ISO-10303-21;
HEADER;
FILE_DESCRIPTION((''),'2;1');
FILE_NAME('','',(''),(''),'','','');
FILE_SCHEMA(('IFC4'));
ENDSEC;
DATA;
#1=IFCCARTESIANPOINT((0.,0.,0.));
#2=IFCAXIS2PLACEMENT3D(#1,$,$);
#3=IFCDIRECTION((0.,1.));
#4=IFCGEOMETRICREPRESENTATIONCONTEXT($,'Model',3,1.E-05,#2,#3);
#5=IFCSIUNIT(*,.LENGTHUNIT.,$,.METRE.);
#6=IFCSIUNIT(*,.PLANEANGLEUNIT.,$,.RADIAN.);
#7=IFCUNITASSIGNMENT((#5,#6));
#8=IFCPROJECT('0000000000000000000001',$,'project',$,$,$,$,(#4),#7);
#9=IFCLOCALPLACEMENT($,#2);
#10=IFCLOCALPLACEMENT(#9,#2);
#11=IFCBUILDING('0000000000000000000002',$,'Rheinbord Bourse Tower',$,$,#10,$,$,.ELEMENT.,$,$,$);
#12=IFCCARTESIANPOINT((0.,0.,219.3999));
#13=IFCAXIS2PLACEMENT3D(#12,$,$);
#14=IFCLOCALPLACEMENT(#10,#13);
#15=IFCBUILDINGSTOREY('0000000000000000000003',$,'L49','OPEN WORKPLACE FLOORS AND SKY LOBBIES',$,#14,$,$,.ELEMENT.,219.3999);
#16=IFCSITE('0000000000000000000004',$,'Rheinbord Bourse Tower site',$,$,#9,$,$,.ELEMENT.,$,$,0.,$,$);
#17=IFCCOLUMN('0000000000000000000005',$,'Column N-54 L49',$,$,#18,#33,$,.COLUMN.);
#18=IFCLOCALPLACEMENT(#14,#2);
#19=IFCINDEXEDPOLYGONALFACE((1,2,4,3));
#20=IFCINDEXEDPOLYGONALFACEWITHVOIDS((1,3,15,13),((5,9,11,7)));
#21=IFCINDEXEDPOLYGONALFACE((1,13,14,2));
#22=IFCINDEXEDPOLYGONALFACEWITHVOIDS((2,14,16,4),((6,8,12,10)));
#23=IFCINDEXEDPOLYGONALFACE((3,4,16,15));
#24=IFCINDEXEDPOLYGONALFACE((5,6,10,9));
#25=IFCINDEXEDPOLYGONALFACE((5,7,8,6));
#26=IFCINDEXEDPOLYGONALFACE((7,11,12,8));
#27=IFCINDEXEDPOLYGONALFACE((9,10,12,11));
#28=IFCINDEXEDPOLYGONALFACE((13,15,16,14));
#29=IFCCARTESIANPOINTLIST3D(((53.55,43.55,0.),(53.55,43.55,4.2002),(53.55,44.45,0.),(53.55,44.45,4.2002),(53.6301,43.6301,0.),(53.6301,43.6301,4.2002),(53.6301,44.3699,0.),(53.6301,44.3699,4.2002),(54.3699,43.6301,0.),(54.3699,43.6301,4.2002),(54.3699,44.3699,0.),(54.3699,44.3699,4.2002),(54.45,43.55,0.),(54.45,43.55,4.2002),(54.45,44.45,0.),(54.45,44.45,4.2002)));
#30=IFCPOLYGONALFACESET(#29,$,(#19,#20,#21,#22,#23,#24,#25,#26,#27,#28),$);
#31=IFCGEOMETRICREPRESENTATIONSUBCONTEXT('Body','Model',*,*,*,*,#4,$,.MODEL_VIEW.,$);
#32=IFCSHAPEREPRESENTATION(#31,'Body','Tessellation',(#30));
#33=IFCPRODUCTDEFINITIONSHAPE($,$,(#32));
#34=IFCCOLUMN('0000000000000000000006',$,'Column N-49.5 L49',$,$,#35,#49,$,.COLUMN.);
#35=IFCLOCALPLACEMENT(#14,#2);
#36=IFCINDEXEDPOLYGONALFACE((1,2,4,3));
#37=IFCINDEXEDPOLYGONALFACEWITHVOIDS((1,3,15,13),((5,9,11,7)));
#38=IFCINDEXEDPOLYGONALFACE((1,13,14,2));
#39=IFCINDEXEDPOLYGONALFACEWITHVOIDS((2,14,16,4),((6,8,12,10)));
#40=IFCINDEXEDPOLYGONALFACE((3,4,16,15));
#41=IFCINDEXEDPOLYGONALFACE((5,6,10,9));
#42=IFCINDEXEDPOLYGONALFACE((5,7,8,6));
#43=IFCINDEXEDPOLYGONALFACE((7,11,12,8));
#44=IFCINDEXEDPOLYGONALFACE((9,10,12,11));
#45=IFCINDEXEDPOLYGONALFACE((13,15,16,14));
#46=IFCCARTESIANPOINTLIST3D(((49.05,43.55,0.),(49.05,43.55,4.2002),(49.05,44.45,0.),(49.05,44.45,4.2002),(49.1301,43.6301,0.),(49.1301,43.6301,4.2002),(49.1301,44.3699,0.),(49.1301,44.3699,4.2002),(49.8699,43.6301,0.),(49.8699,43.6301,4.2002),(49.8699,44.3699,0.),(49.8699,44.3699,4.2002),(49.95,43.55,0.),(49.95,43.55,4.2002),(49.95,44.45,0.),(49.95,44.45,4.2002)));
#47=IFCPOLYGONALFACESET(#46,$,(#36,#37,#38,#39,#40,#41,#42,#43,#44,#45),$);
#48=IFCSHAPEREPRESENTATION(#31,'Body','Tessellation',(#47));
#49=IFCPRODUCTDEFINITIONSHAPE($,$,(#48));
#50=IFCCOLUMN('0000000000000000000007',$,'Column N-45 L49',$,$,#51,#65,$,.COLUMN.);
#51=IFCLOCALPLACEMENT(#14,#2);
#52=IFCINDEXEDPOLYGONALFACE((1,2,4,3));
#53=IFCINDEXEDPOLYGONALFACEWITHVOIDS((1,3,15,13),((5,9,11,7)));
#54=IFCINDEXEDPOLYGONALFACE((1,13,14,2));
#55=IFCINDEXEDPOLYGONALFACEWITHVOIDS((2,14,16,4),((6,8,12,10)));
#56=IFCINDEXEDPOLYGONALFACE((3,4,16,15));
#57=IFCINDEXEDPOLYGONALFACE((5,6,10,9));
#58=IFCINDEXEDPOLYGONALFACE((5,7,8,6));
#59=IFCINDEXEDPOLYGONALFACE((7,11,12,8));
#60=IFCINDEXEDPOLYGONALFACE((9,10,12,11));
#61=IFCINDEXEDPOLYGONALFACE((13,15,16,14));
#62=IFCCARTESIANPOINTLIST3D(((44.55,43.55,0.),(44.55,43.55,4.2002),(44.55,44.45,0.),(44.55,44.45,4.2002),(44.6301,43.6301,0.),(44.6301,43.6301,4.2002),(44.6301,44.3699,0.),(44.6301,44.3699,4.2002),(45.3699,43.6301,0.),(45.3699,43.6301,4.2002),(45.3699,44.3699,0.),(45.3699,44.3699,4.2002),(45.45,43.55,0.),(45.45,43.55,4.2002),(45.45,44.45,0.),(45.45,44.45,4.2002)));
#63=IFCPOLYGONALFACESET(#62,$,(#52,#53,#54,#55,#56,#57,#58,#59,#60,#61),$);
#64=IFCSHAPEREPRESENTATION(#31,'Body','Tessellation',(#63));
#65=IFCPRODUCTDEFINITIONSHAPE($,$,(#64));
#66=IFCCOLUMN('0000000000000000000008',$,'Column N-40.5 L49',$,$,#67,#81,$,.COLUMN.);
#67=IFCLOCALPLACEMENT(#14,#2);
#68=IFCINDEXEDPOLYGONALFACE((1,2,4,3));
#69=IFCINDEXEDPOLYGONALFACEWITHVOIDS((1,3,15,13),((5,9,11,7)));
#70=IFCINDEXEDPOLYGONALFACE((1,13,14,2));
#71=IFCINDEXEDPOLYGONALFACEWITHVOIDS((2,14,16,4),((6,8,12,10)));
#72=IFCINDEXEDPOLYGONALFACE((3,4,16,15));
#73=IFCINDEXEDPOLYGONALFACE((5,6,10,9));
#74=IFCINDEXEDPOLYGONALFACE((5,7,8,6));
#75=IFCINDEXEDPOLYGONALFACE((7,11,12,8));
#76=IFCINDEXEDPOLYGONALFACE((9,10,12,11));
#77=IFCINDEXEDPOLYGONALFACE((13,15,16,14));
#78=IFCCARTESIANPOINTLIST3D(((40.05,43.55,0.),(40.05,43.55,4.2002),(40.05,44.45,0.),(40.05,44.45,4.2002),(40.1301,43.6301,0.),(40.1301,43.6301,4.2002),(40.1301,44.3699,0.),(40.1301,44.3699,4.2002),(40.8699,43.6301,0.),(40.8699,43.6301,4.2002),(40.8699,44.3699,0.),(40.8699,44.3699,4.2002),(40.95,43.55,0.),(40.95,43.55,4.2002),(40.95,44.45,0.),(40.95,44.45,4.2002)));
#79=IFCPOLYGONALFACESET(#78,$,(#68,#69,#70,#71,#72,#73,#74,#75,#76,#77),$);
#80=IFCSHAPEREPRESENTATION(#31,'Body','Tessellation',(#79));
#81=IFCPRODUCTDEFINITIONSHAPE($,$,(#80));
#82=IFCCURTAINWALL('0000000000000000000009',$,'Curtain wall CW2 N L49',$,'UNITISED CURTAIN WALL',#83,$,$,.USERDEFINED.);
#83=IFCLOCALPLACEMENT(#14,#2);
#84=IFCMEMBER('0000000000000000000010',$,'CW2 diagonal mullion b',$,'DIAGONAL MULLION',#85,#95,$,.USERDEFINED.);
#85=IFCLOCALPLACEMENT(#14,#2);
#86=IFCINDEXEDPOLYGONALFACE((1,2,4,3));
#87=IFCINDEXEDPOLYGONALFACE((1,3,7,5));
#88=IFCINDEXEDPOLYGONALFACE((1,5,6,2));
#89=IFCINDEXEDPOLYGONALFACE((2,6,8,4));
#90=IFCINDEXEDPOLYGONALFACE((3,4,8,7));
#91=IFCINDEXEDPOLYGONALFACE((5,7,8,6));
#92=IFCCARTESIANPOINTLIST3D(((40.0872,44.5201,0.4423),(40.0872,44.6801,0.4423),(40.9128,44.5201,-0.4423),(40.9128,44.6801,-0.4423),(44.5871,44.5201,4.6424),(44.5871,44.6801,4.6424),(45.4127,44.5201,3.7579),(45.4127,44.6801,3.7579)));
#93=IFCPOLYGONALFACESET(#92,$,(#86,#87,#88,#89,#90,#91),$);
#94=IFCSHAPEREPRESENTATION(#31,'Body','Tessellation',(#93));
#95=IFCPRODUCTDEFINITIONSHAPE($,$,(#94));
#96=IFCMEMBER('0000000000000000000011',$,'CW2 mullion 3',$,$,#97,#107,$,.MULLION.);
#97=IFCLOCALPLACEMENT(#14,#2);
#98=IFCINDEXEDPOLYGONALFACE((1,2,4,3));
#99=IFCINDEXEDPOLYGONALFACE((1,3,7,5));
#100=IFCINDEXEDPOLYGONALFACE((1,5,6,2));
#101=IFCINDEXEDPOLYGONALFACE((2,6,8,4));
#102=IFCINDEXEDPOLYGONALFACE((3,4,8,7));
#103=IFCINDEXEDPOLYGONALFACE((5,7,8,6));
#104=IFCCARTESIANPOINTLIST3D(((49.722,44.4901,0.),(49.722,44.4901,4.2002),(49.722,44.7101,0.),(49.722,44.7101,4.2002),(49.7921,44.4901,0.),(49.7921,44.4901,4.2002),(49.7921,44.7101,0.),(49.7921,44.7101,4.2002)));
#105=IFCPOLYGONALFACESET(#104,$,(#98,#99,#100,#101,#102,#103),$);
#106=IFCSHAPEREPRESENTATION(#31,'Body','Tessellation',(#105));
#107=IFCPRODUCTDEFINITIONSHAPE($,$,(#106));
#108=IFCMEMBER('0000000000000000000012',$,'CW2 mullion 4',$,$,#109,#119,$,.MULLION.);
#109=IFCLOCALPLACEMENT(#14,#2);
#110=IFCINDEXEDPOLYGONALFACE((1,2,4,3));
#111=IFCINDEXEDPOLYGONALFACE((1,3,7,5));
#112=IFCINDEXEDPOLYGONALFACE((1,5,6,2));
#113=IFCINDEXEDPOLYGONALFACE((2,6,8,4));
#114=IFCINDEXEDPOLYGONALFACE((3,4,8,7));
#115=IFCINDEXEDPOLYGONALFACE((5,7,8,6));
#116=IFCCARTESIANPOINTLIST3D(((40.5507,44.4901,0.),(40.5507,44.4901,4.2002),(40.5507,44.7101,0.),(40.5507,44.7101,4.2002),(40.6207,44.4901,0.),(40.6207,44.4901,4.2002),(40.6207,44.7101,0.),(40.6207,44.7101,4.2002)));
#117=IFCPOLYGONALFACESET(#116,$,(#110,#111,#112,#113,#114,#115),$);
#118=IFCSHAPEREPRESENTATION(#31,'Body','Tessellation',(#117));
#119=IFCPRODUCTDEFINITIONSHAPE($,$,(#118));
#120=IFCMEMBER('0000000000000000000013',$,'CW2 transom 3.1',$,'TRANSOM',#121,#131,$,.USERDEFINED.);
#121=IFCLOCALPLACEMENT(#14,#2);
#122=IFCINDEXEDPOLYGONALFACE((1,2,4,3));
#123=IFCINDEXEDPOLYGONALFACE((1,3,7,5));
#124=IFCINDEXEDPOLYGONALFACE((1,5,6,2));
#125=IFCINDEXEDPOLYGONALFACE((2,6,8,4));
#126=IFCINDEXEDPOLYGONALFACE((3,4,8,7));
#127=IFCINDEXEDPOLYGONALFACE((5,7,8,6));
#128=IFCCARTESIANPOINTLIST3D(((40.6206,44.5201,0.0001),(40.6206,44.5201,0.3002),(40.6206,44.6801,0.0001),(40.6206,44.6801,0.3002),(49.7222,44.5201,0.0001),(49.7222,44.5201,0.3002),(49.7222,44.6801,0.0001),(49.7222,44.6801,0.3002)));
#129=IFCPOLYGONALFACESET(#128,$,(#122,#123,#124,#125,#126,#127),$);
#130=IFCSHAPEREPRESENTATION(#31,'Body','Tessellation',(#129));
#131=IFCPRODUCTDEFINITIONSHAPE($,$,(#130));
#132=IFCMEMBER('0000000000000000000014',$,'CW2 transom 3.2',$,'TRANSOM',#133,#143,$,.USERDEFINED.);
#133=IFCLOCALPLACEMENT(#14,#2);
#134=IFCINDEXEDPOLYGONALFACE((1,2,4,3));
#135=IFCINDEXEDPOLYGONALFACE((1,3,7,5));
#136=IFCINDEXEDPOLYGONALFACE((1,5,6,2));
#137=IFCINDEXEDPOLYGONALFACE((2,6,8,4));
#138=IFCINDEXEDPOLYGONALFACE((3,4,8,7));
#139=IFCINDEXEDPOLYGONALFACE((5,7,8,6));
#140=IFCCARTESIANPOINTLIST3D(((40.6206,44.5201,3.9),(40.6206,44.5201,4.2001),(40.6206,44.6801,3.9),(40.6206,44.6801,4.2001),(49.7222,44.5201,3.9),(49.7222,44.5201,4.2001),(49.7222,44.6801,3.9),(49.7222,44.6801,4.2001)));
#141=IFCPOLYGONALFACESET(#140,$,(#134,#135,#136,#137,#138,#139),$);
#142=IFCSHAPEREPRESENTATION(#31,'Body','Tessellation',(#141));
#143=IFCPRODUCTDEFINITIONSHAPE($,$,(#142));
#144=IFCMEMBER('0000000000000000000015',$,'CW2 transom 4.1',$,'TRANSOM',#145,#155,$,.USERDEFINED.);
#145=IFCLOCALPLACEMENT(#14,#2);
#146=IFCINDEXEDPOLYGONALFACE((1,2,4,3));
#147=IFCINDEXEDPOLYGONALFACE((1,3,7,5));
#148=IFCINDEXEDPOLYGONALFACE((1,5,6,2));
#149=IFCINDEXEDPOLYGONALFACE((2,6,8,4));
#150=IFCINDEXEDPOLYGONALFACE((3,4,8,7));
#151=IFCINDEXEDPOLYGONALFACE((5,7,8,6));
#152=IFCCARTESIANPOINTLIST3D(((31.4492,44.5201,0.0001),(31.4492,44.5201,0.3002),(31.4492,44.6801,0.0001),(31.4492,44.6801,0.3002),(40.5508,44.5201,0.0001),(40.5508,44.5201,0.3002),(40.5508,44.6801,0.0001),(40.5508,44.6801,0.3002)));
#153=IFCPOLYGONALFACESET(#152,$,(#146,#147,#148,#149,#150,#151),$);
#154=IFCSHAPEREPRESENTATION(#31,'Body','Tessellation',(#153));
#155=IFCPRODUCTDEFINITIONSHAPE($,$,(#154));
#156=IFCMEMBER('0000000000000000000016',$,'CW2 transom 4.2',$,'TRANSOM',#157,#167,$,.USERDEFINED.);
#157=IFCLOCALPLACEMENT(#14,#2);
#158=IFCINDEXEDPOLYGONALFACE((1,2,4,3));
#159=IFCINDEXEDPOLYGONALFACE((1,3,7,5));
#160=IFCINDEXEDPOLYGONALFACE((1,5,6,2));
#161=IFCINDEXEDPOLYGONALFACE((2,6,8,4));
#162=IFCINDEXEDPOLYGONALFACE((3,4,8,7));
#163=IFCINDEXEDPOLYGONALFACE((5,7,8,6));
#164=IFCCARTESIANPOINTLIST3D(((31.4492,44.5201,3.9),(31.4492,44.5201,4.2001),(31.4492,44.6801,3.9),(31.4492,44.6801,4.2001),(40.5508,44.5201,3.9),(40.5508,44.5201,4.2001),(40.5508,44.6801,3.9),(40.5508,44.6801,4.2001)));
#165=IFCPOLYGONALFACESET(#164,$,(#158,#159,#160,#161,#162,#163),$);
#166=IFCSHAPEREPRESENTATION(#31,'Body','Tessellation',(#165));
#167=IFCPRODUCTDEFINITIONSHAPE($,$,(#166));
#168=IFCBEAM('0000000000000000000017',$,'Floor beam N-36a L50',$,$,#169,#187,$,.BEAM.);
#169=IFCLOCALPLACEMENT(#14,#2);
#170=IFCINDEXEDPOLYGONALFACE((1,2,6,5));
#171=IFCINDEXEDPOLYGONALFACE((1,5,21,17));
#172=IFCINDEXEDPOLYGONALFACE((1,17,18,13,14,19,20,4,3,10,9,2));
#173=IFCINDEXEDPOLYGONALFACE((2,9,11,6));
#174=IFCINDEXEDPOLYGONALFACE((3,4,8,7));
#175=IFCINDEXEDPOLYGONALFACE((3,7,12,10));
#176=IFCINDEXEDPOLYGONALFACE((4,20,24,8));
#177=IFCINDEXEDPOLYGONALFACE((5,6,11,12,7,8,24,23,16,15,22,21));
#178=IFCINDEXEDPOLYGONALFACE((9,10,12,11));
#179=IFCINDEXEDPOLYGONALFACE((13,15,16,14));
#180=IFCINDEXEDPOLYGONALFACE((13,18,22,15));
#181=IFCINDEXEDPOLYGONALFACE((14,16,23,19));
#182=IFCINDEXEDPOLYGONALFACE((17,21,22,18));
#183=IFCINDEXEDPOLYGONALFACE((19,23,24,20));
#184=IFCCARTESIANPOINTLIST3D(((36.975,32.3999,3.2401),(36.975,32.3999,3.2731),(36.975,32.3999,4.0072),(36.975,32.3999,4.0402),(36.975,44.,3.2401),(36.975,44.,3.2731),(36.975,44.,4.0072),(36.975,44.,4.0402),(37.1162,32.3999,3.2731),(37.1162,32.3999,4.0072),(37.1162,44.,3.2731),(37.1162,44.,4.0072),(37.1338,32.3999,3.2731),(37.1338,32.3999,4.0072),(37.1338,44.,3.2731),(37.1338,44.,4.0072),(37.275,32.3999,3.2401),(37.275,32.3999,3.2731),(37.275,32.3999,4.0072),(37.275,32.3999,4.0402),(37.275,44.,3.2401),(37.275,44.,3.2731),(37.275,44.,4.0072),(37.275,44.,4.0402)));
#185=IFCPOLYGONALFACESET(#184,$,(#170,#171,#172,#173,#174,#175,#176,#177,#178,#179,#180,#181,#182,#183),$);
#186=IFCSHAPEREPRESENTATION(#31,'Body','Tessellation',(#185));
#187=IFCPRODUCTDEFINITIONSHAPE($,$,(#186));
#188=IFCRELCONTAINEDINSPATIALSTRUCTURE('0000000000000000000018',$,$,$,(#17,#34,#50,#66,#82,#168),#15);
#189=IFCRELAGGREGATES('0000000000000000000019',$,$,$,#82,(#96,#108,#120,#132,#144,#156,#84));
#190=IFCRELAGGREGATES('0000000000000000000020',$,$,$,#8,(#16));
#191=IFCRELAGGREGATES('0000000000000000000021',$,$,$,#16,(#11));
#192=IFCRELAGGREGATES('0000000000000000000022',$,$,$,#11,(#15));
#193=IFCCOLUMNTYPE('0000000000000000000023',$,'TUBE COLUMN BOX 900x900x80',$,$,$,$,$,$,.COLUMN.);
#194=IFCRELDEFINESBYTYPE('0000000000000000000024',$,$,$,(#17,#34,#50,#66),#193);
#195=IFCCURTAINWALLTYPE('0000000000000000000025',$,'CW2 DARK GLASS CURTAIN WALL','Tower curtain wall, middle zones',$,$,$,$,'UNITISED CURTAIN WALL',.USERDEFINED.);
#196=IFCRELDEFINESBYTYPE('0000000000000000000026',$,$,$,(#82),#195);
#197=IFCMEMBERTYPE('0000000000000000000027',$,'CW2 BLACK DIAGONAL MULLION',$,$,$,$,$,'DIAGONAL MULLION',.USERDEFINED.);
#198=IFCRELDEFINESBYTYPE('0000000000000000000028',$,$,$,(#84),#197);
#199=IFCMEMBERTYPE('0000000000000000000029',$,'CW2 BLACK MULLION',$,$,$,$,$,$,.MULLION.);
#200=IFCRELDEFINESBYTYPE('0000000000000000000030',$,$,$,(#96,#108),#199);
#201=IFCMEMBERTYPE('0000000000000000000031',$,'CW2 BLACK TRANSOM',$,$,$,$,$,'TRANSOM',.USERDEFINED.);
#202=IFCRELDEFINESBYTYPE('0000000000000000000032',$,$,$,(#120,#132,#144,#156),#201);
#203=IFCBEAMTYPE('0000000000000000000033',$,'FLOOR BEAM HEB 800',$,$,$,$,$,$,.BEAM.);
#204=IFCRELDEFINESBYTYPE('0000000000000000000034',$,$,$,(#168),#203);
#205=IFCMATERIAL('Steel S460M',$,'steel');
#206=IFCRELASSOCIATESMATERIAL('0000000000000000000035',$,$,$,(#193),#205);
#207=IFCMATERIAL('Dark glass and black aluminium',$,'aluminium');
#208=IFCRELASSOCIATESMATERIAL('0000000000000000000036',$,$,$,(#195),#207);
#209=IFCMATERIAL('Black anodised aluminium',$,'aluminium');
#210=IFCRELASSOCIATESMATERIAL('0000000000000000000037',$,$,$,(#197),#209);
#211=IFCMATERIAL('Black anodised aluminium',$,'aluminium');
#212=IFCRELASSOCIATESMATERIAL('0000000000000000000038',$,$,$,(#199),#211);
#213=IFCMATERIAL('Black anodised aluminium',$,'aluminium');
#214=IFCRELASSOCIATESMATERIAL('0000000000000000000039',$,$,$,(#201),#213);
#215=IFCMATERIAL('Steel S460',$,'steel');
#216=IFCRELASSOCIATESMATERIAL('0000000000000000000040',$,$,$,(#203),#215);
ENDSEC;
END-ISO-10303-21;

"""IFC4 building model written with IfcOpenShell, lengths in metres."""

from ifc_helpers import new_model, si_unit, direction, frame, origin, origin_2d, place, context, subcontext, project, spatial, rectangle, hollow_rectangle, i_section, extrude, material, material_profile, profile_set, type_object, element, aggregate, save


model = new_model("IFC4")

# Units and contexts
model_context = context("Model", 3, precision=1e-05, world=origin(), true_north=direction((0.0, 1.0)))
body_context = subcontext(model_context, "Body", "Model", "MODEL_VIEW")
ifc_project = project(units=[si_unit("LENGTHUNIT", "METRE"), si_unit("PLANEANGLEUNIT", "RADIAN")], contexts=[model_context])

# Site, building, storey
site_placement = place(None, origin())
site = spatial("IfcSite", under=ifc_project, at=site_placement, Name="Rheinbord Bourse Tower site", CompositionType="ELEMENT", RefElevation=0.0)
building_placement = place(site_placement, origin())
building = spatial("IfcBuilding", under=site, at=building_placement, Name="Rheinbord Bourse Tower", CompositionType="ELEMENT")
storey_placement = place(building_placement, frame((0.0, 0.0, 219.3999)))
storey = spatial("IfcBuildingStorey", under=building, at=storey_placement, Name="L49", Description="OPEN WORKPLACE FLOORS AND SKY LOBBIES", CompositionType="ELEMENT", Elevation=219.3999)

# Columns
ifc_material_1 = material(Name="Steel S460M", Category="steel")
ifc_material_profile_1 = material_profile(ifc_material_1, hollow_rectangle(XDim=0.8999, YDim=0.8999, WallThickness=0.0801, at=origin_2d()), Name="BOX 900x900x80")
ifc_profile_set_1 = profile_set([ifc_material_profile_1], Name="Steel S460M")
column_type = type_object("IfcColumnType", Name="TUBE COLUMN BOX 900x900x80", PredefinedType="COLUMN", material=ifc_profile_set_1)
for number, where, z_axis, x_axis, name in (
    (1, (54.0, 44.0, 0.0), (0.0, 0.0, 1.0), (0.0, 1.0, 0.0), "Column N-54 L49"),
    (2, (49.5, 44.0, 0.0), (0.0, 0.0, 1.0), (0.0, 1.0, 0.0), "Column N-49.5 L49"),
    (3, (45.0, 44.0, 0.0), (0.0, 0.0, 1.0), (0.0, 1.0, 0.0), "Column N-45 L49"),
    (4, (40.5, 44.0, 0.0), (0.0, 0.0, 1.0), (0.0, 1.0, 0.0), "Column N-40.5 L49"),
):
    element("IfcColumn", number, at=place(storey_placement, frame(where, z_axis=z_axis, x_axis=x_axis)), inside=storey, type_object=column_type, Name=name, PredefinedType="COLUMN", context=body_context, shape_type="SweptSolid", body=[
        extrude(hollow_rectangle(XDim=0.8999, YDim=0.8999, WallThickness=0.0801, at=origin_2d()), origin(), (0.0, 0.0, 1.0), 4.2002),
    ])

# Curtain wall, members
ifc_material_2 = material(Name="Dark glass and black aluminium", Category="aluminium")
curtain_wall_type = type_object("IfcCurtainWallType", Name="CW2 DARK GLASS CURTAIN WALL", Description="Tower curtain wall, middle zones", ElementType="UNITISED CURTAIN WALL", PredefinedType="USERDEFINED", material=ifc_material_2)
curtain_wall_placement = place(storey_placement, origin())
curtain_wall = element("IfcCurtainWall", 5, at=curtain_wall_placement, inside=storey, type_object=curtain_wall_type, Name="Curtain wall CW2 N L49", ObjectType="UNITISED CURTAIN WALL", PredefinedType="USERDEFINED")
ifc_material_3 = material(Name="Black anodised aluminium", Category="aluminium")
ifc_material_profile_2 = material_profile(ifc_material_3, rectangle(XDim=0.1599, YDim=1.21, at=origin_2d()), Name="CW2 DIAGONAL MULLION 1210x160")
ifc_profile_set_2 = profile_set([ifc_material_profile_2], Name="Black anodised aluminium")
member_type_1 = type_object("IfcMemberType", Name="CW2 BLACK DIAGONAL MULLION", ElementType="DIAGONAL MULLION", PredefinedType="USERDEFINED", material=ifc_profile_set_2)
member_1_placement = place(storey_placement, frame((40.5, 44.6001, 0.0), z_axis=(0.731039, 0.0, 0.682335), x_axis=(0.0, 1.0, 0.0)))
member_1 = element("IfcMember", 6, at=member_1_placement, type_object=member_type_1, Name="CW2 diagonal mullion b", ObjectType="DIAGONAL MULLION", PredefinedType="USERDEFINED", context=body_context, shape_type="SweptSolid", body=[
    extrude(rectangle(XDim=0.1599, YDim=1.21, at=origin_2d()), origin(), (0.0, 0.0, 1.0), 6.1555),
])
ifc_material_4 = material(Name="Black anodised aluminium", Category="aluminium")
ifc_material_profile_3 = material_profile(ifc_material_4, rectangle(XDim=0.22, YDim=0.0701, at=origin_2d()), Name="CW2 MULLION 70x220")
ifc_profile_set_3 = profile_set([ifc_material_profile_3], Name="Black anodised aluminium")
member_type_2 = type_object("IfcMemberType", Name="CW2 BLACK MULLION", PredefinedType="MULLION", material=ifc_profile_set_3)
member_2_placement = place(storey_placement, frame((49.7571, 44.6001, 0.0), z_axis=(0.0, 0.0, 1.0), x_axis=(0.0, -1.0, 0.0)))
member_2 = element("IfcMember", 7, at=member_2_placement, type_object=member_type_2, Name="CW2 mullion 3", PredefinedType="MULLION", context=body_context, shape_type="SweptSolid", body=[
    extrude(rectangle(XDim=0.22, YDim=0.0701, at=origin_2d()), origin(), (0.0, 0.0, 1.0), 4.2002),
])
member_3_placement = place(storey_placement, frame((40.5857, 44.6001, 0.0), z_axis=(0.0, 0.0, 1.0), x_axis=(0.0, -1.0, 0.0)))
member_3 = element("IfcMember", 8, at=member_3_placement, type_object=member_type_2, Name="CW2 mullion 4", PredefinedType="MULLION", context=body_context, shape_type="SweptSolid", body=[
    extrude(rectangle(XDim=0.22, YDim=0.0701, at=origin_2d()), origin(), (0.0, 0.0, 1.0), 4.2002),
])
ifc_material_5 = material(Name="Black anodised aluminium", Category="aluminium")
ifc_material_profile_4 = material_profile(ifc_material_5, rectangle(XDim=0.1599, YDim=0.3, at=origin_2d()), Name="CW2 TRANSOM 300x160")
ifc_profile_set_4 = profile_set([ifc_material_profile_4], Name="Black anodised aluminium")
member_type_3 = type_object("IfcMemberType", Name="CW2 BLACK TRANSOM", ElementType="TRANSOM", PredefinedType="USERDEFINED", material=ifc_profile_set_4)
member_4_placement = place(storey_placement, frame((49.7222, 44.6001, 0.1501), z_axis=(-1.0, 0.0, 0.0), x_axis=(0.0, -1.0, 0.0)))
member_4 = element("IfcMember", 9, at=member_4_placement, type_object=member_type_3, Name="CW2 transom 3.1", ObjectType="TRANSOM", PredefinedType="USERDEFINED", context=body_context, shape_type="SweptSolid", body=[
    extrude(rectangle(XDim=0.1599, YDim=0.3, at=origin_2d()), origin(), (0.0, 0.0, 1.0), 9.1016),
])
member_5_placement = place(storey_placement, frame((49.7222, 44.6001, 4.05), z_axis=(-1.0, 0.0, 0.0), x_axis=(0.0, -1.0, 0.0)))
member_5 = element("IfcMember", 10, at=member_5_placement, type_object=member_type_3, Name="CW2 transom 3.2", ObjectType="TRANSOM", PredefinedType="USERDEFINED", context=body_context, shape_type="SweptSolid", body=[
    extrude(rectangle(XDim=0.1599, YDim=0.3, at=origin_2d()), origin(), (0.0, 0.0, 1.0), 9.1016),
])
member_6_placement = place(storey_placement, frame((40.5508, 44.6001, 0.1501), z_axis=(-1.0, 0.0, 0.0), x_axis=(0.0, -1.0, 0.0)))
member_6 = element("IfcMember", 11, at=member_6_placement, type_object=member_type_3, Name="CW2 transom 4.1", ObjectType="TRANSOM", PredefinedType="USERDEFINED", context=body_context, shape_type="SweptSolid", body=[
    extrude(rectangle(XDim=0.1599, YDim=0.3, at=origin_2d()), origin(), (0.0, 0.0, 1.0), 9.1016),
])
member_7_placement = place(storey_placement, frame((40.5508, 44.6001, 4.05), z_axis=(-1.0, 0.0, 0.0), x_axis=(0.0, -1.0, 0.0)))
member_7 = element("IfcMember", 12, at=member_7_placement, type_object=member_type_3, Name="CW2 transom 4.2", ObjectType="TRANSOM", PredefinedType="USERDEFINED", context=body_context, shape_type="SweptSolid", body=[
    extrude(rectangle(XDim=0.1599, YDim=0.3, at=origin_2d()), origin(), (0.0, 0.0, 1.0), 9.1016),
])

# Beam
ifc_material_6 = material(Name="Steel S460", Category="steel")
ifc_material_profile_5 = material_profile(ifc_material_6, i_section(OverallWidth=0.3, OverallDepth=0.8, WebThickness=0.0176, FlangeThickness=0.033, at=origin_2d()), Name="HEB 800")
ifc_profile_set_5 = profile_set([ifc_material_profile_5], Name="Steel S460")
beam_type_1 = type_object("IfcBeamType", Name="FLOOR BEAM HEB 800", PredefinedType="BEAM", material=ifc_profile_set_5)
for number, where, z_axis, x_axis, name in (
    (13, (37.125, 44.0, 3.6401), (0.0, -1.0, 0.0), (1.0, 0.0, 0.0), "Floor beam N-36a L50"),
):
    element("IfcBeam", number, at=place(storey_placement, frame(where, z_axis=z_axis, x_axis=x_axis)), inside=storey, type_object=beam_type_1, Name=name, PredefinedType="BEAM", context=body_context, shape_type="SweptSolid", body=[
        extrude(i_section(OverallWidth=0.3, OverallDepth=0.8, WebThickness=0.0176, FlangeThickness=0.033, at=origin_2d()), origin(), (0.0, 0.0, 1.0), 11.6001),
    ])

aggregate(curtain_wall, [member_2, member_3, member_4, member_5, member_6, member_7, member_1])

save(model, "model.ifc")
